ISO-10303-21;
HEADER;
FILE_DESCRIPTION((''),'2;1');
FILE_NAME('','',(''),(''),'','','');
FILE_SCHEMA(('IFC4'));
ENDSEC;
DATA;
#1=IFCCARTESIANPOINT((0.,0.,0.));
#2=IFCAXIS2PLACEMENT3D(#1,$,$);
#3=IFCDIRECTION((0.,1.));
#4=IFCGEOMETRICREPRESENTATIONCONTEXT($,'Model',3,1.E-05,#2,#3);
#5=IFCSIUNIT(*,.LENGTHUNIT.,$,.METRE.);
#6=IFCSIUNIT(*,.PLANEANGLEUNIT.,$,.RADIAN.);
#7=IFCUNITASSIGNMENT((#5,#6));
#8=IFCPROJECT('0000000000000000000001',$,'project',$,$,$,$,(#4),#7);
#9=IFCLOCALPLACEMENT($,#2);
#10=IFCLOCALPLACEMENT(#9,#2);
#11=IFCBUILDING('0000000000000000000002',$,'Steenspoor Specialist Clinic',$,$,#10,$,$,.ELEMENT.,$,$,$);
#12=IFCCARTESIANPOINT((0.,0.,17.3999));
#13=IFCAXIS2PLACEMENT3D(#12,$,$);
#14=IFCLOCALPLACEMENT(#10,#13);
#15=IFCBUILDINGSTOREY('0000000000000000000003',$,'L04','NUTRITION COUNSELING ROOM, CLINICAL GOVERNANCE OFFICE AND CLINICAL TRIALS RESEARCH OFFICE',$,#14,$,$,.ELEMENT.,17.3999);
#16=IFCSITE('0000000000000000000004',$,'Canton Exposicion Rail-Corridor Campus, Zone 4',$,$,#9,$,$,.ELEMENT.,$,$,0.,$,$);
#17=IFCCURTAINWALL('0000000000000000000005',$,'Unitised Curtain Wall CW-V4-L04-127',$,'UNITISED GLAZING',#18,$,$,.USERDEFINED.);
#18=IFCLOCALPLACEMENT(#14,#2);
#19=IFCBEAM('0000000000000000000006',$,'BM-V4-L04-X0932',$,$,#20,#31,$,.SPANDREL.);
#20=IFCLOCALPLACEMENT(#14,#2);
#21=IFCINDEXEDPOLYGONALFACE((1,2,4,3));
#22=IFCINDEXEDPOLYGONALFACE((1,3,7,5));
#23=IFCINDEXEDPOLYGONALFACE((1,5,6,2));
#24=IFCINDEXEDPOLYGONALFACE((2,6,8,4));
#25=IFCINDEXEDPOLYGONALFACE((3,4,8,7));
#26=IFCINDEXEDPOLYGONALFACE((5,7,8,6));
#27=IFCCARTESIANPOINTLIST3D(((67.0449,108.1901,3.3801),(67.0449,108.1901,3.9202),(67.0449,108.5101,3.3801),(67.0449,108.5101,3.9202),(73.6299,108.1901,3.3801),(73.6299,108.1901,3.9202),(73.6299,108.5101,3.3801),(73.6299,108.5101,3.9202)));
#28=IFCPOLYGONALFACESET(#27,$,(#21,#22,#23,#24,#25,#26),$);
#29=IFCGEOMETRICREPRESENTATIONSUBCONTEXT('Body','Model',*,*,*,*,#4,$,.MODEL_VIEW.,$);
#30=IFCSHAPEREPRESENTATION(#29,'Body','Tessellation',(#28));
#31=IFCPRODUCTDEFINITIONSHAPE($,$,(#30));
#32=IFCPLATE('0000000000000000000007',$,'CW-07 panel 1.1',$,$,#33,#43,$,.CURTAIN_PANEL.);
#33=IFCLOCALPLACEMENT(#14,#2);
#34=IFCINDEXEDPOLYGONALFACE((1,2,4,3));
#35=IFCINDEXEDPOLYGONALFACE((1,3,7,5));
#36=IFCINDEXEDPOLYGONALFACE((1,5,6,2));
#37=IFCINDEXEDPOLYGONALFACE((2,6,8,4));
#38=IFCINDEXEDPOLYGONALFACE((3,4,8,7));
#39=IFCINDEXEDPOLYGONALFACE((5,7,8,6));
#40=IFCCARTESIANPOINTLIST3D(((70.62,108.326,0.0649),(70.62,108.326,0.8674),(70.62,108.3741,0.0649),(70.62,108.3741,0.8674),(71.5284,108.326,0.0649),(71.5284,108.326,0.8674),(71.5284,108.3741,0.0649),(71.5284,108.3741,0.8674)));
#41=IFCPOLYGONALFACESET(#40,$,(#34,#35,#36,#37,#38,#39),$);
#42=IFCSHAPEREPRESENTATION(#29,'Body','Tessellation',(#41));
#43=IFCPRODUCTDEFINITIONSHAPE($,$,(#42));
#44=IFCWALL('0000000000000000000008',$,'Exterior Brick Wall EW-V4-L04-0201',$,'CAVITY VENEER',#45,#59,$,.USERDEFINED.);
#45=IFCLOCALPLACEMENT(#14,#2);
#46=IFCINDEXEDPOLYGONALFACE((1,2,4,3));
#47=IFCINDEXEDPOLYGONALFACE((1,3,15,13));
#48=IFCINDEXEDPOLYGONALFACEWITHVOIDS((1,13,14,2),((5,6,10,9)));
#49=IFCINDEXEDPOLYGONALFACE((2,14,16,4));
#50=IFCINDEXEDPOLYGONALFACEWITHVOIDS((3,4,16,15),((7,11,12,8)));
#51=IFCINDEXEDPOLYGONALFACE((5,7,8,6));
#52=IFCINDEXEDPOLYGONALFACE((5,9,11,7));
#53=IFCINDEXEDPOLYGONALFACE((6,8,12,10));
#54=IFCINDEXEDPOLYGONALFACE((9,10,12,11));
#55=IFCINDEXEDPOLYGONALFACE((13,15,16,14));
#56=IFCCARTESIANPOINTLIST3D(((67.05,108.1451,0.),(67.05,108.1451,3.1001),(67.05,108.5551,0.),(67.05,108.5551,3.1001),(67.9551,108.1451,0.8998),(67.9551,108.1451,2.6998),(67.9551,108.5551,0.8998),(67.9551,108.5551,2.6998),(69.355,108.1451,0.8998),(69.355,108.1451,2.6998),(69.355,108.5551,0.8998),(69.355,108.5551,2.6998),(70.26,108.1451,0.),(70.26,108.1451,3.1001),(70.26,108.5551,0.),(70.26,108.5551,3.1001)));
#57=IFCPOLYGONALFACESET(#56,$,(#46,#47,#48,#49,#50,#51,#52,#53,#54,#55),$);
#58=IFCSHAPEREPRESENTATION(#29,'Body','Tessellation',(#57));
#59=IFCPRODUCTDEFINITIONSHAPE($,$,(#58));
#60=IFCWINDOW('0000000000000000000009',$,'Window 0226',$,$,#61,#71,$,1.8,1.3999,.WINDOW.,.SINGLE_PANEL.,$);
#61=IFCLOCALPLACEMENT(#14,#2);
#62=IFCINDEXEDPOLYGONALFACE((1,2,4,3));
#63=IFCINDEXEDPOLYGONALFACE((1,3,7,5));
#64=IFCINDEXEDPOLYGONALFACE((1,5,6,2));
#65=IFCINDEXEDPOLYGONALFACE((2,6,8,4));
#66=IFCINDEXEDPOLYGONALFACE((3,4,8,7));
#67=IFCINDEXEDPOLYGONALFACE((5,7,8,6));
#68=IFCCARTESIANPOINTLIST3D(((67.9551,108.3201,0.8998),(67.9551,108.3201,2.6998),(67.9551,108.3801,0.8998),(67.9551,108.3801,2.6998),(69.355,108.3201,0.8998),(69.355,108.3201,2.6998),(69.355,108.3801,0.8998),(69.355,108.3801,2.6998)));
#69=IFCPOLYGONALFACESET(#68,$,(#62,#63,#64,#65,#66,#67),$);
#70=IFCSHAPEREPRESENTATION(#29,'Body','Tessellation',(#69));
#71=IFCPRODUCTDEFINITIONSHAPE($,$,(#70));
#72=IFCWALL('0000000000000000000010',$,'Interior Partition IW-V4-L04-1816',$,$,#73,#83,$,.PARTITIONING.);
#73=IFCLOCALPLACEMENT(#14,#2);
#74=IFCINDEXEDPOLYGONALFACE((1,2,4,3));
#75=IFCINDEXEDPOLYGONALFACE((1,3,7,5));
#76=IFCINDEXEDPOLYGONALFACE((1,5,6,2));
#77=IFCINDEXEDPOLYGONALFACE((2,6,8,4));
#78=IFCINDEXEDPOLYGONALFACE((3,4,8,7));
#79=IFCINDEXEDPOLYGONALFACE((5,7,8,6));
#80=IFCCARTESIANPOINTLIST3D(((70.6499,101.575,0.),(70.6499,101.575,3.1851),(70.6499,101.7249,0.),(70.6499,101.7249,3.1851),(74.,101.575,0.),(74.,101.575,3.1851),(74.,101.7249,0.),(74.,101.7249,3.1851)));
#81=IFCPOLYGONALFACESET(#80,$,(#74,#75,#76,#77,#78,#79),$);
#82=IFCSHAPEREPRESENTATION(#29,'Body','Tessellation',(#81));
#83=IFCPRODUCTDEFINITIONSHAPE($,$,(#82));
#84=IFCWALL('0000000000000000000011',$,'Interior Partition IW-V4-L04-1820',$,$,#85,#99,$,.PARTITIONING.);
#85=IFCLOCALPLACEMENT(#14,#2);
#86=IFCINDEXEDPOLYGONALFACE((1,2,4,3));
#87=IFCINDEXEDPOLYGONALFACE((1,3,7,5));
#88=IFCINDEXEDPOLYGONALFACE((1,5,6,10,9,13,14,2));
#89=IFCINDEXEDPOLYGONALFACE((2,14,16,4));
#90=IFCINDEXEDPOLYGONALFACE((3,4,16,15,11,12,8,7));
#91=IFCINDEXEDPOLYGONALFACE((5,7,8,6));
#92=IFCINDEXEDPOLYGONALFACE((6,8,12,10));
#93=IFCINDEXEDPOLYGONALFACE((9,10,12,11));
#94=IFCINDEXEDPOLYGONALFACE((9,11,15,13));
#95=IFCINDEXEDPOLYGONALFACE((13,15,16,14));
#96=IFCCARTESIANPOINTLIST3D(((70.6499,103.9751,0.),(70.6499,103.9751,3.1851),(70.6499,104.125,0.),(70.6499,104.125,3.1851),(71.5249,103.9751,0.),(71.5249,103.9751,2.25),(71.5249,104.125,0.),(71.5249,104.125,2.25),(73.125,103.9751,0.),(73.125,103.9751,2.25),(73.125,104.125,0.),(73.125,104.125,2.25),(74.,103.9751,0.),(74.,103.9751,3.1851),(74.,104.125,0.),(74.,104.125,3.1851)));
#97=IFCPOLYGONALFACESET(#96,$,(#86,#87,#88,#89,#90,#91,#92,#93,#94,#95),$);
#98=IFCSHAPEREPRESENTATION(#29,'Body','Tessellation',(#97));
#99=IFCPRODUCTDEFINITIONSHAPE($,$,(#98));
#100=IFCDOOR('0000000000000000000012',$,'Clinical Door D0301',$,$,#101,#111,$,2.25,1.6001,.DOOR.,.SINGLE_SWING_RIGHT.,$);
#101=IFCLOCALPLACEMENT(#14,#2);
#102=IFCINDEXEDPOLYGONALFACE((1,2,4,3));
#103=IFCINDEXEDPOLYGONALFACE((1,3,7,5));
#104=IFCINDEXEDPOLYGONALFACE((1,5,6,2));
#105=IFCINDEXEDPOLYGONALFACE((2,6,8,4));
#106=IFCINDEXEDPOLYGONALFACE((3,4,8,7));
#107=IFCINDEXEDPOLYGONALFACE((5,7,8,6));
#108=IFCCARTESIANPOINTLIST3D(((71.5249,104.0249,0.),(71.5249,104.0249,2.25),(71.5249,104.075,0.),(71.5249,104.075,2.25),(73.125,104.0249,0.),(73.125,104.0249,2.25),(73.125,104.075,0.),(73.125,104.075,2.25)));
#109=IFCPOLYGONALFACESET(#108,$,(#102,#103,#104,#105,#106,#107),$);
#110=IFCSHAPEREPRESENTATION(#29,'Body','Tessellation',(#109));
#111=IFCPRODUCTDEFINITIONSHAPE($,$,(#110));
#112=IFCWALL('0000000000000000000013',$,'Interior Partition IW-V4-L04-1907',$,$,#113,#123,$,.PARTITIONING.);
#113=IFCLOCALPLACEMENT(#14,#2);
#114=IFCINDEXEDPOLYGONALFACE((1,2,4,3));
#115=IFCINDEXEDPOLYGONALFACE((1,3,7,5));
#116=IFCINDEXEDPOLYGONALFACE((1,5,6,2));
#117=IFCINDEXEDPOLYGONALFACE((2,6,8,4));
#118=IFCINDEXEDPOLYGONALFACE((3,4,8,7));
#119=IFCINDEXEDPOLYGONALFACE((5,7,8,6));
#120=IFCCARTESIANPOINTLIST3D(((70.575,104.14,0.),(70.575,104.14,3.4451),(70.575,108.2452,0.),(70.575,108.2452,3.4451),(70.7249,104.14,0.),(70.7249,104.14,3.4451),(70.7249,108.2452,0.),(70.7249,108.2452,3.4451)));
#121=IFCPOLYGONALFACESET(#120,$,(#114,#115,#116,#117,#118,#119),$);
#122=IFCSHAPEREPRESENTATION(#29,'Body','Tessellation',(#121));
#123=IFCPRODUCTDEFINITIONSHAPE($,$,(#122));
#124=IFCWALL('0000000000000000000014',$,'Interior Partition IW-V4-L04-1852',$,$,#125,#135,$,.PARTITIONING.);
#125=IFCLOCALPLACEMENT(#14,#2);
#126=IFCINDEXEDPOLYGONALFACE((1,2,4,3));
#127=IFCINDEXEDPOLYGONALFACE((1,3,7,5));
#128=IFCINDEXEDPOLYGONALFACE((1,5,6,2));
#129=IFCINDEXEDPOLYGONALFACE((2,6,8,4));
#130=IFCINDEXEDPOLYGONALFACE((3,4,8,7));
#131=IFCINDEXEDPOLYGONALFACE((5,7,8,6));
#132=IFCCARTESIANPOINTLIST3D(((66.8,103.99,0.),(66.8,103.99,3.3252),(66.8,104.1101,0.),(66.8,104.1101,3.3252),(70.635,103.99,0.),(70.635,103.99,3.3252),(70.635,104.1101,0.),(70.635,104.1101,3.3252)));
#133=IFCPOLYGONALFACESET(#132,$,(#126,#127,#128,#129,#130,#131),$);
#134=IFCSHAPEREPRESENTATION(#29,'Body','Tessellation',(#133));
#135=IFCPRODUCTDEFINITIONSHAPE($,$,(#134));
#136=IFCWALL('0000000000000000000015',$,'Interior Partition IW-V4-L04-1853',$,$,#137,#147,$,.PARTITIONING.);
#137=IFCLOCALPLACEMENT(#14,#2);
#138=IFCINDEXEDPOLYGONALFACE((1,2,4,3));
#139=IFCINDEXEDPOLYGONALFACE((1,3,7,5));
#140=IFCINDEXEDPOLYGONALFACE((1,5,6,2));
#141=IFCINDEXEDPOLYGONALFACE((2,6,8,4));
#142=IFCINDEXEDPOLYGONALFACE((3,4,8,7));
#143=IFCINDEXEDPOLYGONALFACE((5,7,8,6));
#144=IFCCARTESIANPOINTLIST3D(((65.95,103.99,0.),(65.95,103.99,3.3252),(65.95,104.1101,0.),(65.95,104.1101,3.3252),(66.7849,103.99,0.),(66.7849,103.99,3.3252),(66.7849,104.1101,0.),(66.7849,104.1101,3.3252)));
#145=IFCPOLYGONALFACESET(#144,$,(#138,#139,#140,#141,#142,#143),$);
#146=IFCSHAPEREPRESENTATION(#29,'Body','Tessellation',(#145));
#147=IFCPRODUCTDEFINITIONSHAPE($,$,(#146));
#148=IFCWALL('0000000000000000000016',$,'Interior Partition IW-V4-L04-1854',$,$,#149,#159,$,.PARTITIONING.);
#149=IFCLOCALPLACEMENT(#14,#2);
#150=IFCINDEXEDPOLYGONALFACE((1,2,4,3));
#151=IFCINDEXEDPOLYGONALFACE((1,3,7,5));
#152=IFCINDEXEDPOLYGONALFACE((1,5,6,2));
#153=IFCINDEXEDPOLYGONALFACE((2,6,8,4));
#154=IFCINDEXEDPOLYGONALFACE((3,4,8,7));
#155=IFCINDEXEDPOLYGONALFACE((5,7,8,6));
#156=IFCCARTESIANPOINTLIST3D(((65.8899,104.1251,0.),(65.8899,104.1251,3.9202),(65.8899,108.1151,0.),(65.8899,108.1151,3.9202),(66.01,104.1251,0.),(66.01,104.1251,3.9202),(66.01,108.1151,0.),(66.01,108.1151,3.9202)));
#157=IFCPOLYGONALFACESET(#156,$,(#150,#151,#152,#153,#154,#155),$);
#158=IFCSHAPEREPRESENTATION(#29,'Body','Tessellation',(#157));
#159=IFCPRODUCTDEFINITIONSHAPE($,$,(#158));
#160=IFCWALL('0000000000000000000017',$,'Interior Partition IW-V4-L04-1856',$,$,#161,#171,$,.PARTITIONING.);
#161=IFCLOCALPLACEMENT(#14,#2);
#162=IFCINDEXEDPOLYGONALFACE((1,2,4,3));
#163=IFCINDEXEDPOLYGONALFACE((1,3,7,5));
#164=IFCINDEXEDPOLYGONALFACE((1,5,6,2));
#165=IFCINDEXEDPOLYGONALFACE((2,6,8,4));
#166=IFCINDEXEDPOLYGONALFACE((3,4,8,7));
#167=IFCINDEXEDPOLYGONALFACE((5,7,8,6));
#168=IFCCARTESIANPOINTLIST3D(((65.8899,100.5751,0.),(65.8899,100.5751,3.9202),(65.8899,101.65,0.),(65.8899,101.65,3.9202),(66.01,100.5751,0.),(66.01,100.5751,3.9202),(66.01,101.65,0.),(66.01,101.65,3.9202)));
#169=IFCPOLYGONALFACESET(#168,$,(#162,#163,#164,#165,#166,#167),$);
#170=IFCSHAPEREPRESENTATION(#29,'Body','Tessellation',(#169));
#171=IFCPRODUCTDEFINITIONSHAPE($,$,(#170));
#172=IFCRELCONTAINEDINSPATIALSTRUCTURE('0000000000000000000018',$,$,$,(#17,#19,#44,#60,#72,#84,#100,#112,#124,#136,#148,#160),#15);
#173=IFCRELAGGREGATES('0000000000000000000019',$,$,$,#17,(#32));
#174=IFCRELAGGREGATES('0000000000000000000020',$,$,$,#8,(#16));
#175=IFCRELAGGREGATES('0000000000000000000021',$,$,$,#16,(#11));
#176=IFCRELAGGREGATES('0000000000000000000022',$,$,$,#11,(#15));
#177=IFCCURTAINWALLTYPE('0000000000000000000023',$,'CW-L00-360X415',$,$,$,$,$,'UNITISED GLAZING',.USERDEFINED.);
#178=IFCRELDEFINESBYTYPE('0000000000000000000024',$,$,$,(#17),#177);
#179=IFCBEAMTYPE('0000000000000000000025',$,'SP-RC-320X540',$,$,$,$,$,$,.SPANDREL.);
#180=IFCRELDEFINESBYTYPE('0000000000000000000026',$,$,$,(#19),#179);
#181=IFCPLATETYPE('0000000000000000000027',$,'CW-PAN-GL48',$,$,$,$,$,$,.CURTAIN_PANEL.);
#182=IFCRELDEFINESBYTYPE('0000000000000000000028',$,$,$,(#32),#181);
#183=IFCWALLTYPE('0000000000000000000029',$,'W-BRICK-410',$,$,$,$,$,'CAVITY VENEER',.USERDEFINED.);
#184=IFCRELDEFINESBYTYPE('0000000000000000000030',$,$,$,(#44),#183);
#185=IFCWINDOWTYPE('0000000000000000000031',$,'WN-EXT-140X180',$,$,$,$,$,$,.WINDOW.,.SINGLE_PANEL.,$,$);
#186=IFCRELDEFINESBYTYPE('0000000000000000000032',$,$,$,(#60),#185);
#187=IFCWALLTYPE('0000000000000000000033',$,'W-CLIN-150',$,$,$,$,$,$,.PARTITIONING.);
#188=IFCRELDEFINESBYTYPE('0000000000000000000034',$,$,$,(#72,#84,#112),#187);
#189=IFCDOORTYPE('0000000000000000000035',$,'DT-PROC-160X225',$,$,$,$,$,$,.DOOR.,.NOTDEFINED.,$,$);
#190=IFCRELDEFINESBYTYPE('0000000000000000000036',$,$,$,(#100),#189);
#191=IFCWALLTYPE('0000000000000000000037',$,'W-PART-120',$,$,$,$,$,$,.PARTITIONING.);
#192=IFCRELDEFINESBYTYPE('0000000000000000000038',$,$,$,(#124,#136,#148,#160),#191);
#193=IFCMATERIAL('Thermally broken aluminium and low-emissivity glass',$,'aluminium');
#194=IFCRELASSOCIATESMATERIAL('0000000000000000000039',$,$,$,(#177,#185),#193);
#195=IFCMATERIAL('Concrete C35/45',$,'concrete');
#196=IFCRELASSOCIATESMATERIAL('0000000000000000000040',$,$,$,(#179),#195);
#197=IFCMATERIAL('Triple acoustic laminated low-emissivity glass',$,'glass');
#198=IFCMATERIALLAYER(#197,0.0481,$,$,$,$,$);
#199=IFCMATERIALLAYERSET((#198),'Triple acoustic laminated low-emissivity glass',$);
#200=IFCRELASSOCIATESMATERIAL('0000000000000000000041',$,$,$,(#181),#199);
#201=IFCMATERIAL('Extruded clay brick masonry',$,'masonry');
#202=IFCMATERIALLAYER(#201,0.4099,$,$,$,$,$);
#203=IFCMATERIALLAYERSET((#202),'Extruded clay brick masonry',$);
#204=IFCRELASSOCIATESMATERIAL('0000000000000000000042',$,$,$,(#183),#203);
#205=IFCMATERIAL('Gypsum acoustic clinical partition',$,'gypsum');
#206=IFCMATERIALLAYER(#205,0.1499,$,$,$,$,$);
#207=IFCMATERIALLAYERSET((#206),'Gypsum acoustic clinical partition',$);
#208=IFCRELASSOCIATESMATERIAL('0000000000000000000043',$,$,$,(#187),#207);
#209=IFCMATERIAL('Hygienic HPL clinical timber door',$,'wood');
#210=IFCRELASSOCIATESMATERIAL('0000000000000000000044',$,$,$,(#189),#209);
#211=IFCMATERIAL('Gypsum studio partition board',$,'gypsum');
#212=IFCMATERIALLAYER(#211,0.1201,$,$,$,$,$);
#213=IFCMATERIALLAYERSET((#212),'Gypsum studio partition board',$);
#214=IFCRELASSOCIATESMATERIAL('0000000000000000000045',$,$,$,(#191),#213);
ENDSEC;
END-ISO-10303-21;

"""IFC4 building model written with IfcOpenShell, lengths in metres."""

from ifc_helpers import new_model, si_unit, direction, frame, frame_2d, origin, origin_2d, place, context, subcontext, project, spatial, rectangle, extrude, material, layer, layer_set, material_profile, profile_set, type_object, element, fill, aggregate, save


model = new_model("IFC4")

# Units and contexts
model_context = context("Model", 3, precision=1e-05, world=origin(), true_north=direction((0.0, 1.0)))
body_context = subcontext(model_context, "Body", "Model", "MODEL_VIEW")
ifc_project = project(units=[si_unit("LENGTHUNIT", "METRE"), si_unit("PLANEANGLEUNIT", "RADIAN")], contexts=[model_context])

# Site, building, storey
site_placement = place(None, origin())
site = spatial("IfcSite", under=ifc_project, at=site_placement, Name="Canton Exposicion Rail-Corridor Campus, Zone 4", CompositionType="ELEMENT", RefElevation=0.0)
building_placement = place(site_placement, origin())
building = spatial("IfcBuilding", under=site, at=building_placement, Name="Steenspoor Specialist Clinic", CompositionType="ELEMENT")
storey_placement = place(building_placement, frame((0.0, 0.0, 17.3999)))
storey = spatial("IfcBuildingStorey", under=building, at=storey_placement, Name="L04", Description="NUTRITION COUNSELING ROOM, CLINICAL GOVERNANCE OFFICE AND CLINICAL TRIALS RESEARCH OFFICE", CompositionType="ELEMENT", Elevation=17.3999)

# Shared definitions
ifc_material_1 = material(Name="Concrete C35/45", Category="concrete")

# Curtain wall
ifc_material_2 = material(Name="Thermally broken aluminium and low-emissivity glass", Category="aluminium")
curtain_wall_type = type_object("IfcCurtainWallType", Name="CW-L00-360X415", ElementType="UNITISED GLAZING", PredefinedType="USERDEFINED", material=ifc_material_2)
curtain_wall_placement = place(storey_placement, origin())
curtain_wall = element("IfcCurtainWall", 1, at=curtain_wall_placement, inside=storey, type_object=curtain_wall_type, Name="Unitised Curtain Wall CW-V4-L04-127", ObjectType="UNITISED GLAZING", PredefinedType="USERDEFINED")

# Beam
ifc_material_profile_1 = material_profile(ifc_material_1, rectangle(XDim=0.3201, YDim=0.54, at=origin_2d()), Name="RC-SP-320X540")
ifc_profile_set_1 = profile_set([ifc_material_profile_1], Name="Concrete C35/45")
beam_type_1 = type_object("IfcBeamType", Name="SP-RC-320X540", PredefinedType="SPANDREL", material=ifc_profile_set_1)
beam_1_placement = place(storey_placement, frame((67.0449, 108.3501, 3.6501), z_axis=(1.0, 0.0, 0.0), x_axis=(0.0, 1.0, 0.0)))
element("IfcBeam", 2, at=beam_1_placement, inside=storey, type_object=beam_type_1, Name="BM-V4-L04-X0932", PredefinedType="SPANDREL", context=body_context, shape_type="SweptSolid", body=[
    extrude(rectangle(XDim=0.3201, YDim=0.54, at=origin_2d()), origin(), (0.0, 0.0, 1.0), 6.585),
])

# Plate
ifc_material_3 = material(Name="Triple acoustic laminated low-emissivity glass", Category="glass")
ifc_layer_1 = layer(ifc_material_3, 0.0481)
ifc_layer_set_1 = layer_set([ifc_layer_1], Name="Triple acoustic laminated low-emissivity glass")
plate_type = type_object("IfcPlateType", Name="CW-PAN-GL48", PredefinedType="CURTAIN_PANEL", material=ifc_layer_set_1)
plate_placement = place(storey_placement, frame((71.0742, 108.3501, 0.0649), z_axis=(0.0, 0.0, 1.0), x_axis=(1.0, 0.0, 0.0)))
plate = element("IfcPlate", 3, at=plate_placement, type_object=plate_type, Name="CW-07 panel 1.1", PredefinedType="CURTAIN_PANEL", context=body_context, shape_type="SweptSolid", body=[
    extrude(rectangle(XDim=0.9084, YDim=0.0481, at=origin_2d()), origin(), (0.0, 0.0, 1.0), 0.8025),
])
aggregate(curtain_wall, [plate])

# Wall, opening, window
ifc_material_4 = material(Name="Extruded clay brick masonry", Category="masonry")
ifc_layer_2 = layer(ifc_material_4, 0.4099)
ifc_layer_set_2 = layer_set([ifc_layer_2], Name="Extruded clay brick masonry")
wall_type_1 = type_object("IfcWallType", Name="W-BRICK-410", ElementType="CAVITY VENEER", PredefinedType="USERDEFINED", material=ifc_layer_set_2)
wall_1_placement = place(storey_placement, frame((67.05, 108.3501, 0.0), z_axis=(0.0, 0.0, 1.0), x_axis=(1.0, 0.0, 0.0)))
wall_1 = element("IfcWall", 4, at=wall_1_placement, inside=storey, type_object=wall_type_1, Name="Exterior Brick Wall EW-V4-L04-0201", ObjectType="CAVITY VENEER", PredefinedType="USERDEFINED", context=body_context, shape_type="SweptSolid", body=[
    extrude(rectangle(XDim=3.21, YDim=0.4099, at=frame_2d((1.605, 0.0))), origin(), (0.0, 0.0, 1.0), 3.1001),
])
opening_1_placement = place(wall_1_placement, frame((0.905, 0.0, 0.8999)))
opening_1 = element("IfcOpeningElement", 5, at=opening_1_placement, cuts=wall_1, PredefinedType="OPENING", context=body_context, shape_type="SweptSolid", body=[
    extrude(rectangle(XDim=1.3999, YDim=1.8, at=frame_2d((0.7, 0.8999))), frame((0.0, 0.2148, 0.0), z_axis=(0.0, -1.0, 0.0), x_axis=(1.0, 0.0, 0.0)), (0.0, 0.0, 1.0), 0.4299),
])
window_type = type_object("IfcWindowType", Name="WN-EXT-140X180", PartitioningType="SINGLE_PANEL", PredefinedType="WINDOW", material=ifc_material_2)
window_placement = place(opening_1_placement, origin())
window = element("IfcWindow", 6, at=window_placement, inside=storey, type_object=window_type, Name="Window 0226", OverallHeight=1.8, OverallWidth=1.3999, PartitioningType="SINGLE_PANEL", PredefinedType="WINDOW", context=body_context, shape_type="SweptSolid", body=[
    extrude(rectangle(XDim=1.3999, YDim=1.8, at=frame_2d((0.7, 0.8999))), frame((0.0, 0.03, 0.0), z_axis=(0.0, -1.0, 0.0), x_axis=(1.0, 0.0, 0.0)), (0.0, 0.0, 1.0), 0.0601),
])
fill(opening_1, window)

# Wall
ifc_material_5 = material(Name="Gypsum acoustic clinical partition", Category="gypsum")
ifc_layer_3 = layer(ifc_material_5, 0.1499)
ifc_layer_set_3 = layer_set([ifc_layer_3], Name="Gypsum acoustic clinical partition")
wall_type_2 = type_object("IfcWallType", Name="W-CLIN-150", PredefinedType="PARTITIONING", material=ifc_layer_set_3)
wall_2_placement = place(storey_placement, frame((70.6499, 101.6499, 0.0), z_axis=(0.0, 0.0, 1.0), x_axis=(1.0, 0.0, 0.0)))
element("IfcWall", 7, at=wall_2_placement, inside=storey, type_object=wall_type_2, Name="Interior Partition IW-V4-L04-1816", PredefinedType="PARTITIONING", context=body_context, shape_type="SweptSolid", body=[
    extrude(rectangle(XDim=3.3501, YDim=0.1499, at=frame_2d((1.675, 0.0))), origin(), (0.0, 0.0, 1.0), 3.1851),
])

# Wall, opening, door
wall_3_placement = place(storey_placement, frame((70.6499, 104.05, 0.0), z_axis=(0.0, 0.0, 1.0), x_axis=(1.0, 0.0, 0.0)))
wall_3 = element("IfcWall", 8, at=wall_3_placement, inside=storey, type_object=wall_type_2, Name="Interior Partition IW-V4-L04-1820", PredefinedType="PARTITIONING", context=body_context, shape_type="SweptSolid", body=[
    extrude(rectangle(XDim=3.3501, YDim=0.1499, at=frame_2d((1.675, 0.0))), origin(), (0.0, 0.0, 1.0), 3.1851),
])
opening_2_placement = place(wall_3_placement, frame((0.875, 0.0, 0.0)))
opening_2 = element("IfcOpeningElement", 9, at=opening_2_placement, cuts=wall_3, PredefinedType="OPENING", context=body_context, shape_type="SweptSolid", body=[
    extrude(rectangle(XDim=1.6001, YDim=2.25, at=frame_2d((0.8, 1.125))), frame((0.0, 0.085, 0.0), z_axis=(0.0, -1.0, 0.0), x_axis=(1.0, 0.0, 0.0)), (0.0, 0.0, 1.0), 0.1699),
])
ifc_material_6 = material(Name="Hygienic HPL clinical timber door", Category="wood")
door_type = type_object("IfcDoorType", Name="DT-PROC-160X225", OperationType="NOTDEFINED", PredefinedType="DOOR", material=ifc_material_6)
door_placement = place(opening_2_placement, origin())
door = element("IfcDoor", 10, at=door_placement, inside=storey, type_object=door_type, Name="Clinical Door D0301", OperationType="SINGLE_SWING_RIGHT", OverallHeight=2.25, OverallWidth=1.6001, PredefinedType="DOOR", context=body_context, shape_type="SweptSolid", body=[
    extrude(rectangle(XDim=1.6001, YDim=2.25, at=frame_2d((0.8, 1.125))), frame((0.0, 0.0249, 0.0), z_axis=(0.0, -1.0, 0.0), x_axis=(1.0, 0.0, 0.0)), (0.0, 0.0, 1.0), 0.05),
])
fill(opening_2, door)

# Walls
wall_4_placement = place(storey_placement, frame((70.6499, 104.1399, 0.0), z_axis=(0.0, 0.0, 1.0), x_axis=(0.0, 1.0, 0.0)))
element("IfcWall", 11, at=wall_4_placement, inside=storey, type_object=wall_type_2, Name="Interior Partition IW-V4-L04-1907", PredefinedType="PARTITIONING", context=body_context, shape_type="SweptSolid", body=[
    extrude(rectangle(XDim=4.1052, YDim=0.1499, at=frame_2d((2.0527, 0.0))), origin(), (0.0, 0.0, 1.0), 3.4451),
])
ifc_material_7 = material(Name="Gypsum studio partition board", Category="gypsum")
ifc_layer_4 = layer(ifc_material_7, 0.1201)
ifc_layer_set_4 = layer_set([ifc_layer_4], Name="Gypsum studio partition board")
wall_type_3 = type_object("IfcWallType", Name="W-PART-120", PredefinedType="PARTITIONING", material=ifc_layer_set_4)
wall_5_placement = place(storey_placement, frame((66.8, 104.05, 0.0), z_axis=(0.0, 0.0, 1.0), x_axis=(1.0, 0.0, 0.0)))
element("IfcWall", 12, at=wall_5_placement, inside=storey, type_object=wall_type_3, Name="Interior Partition IW-V4-L04-1852", PredefinedType="PARTITIONING", context=body_context, shape_type="SweptSolid", body=[
    extrude(rectangle(XDim=3.835, YDim=0.1201, at=frame_2d((1.9175, 0.0))), origin(), (0.0, 0.0, 1.0), 3.3252),
])
wall_6_placement = place(storey_placement, frame((65.95, 104.05, 0.0), z_axis=(0.0, 0.0, 1.0), x_axis=(1.0, 0.0, 0.0)))
element("IfcWall", 13, at=wall_6_placement, inside=storey, type_object=wall_type_3, Name="Interior Partition IW-V4-L04-1853", PredefinedType="PARTITIONING", context=body_context, shape_type="SweptSolid", body=[
    extrude(rectangle(XDim=0.835, YDim=0.1201, at=frame_2d((0.4175, 0.0))), origin(), (0.0, 0.0, 1.0), 3.3252),
])
wall_7_placement = place(storey_placement, frame((65.95, 104.125, 0.0), z_axis=(0.0, 0.0, 1.0), x_axis=(0.0, 1.0, 0.0)))
element("IfcWall", 14, at=wall_7_placement, inside=storey, type_object=wall_type_3, Name="Interior Partition IW-V4-L04-1854", PredefinedType="PARTITIONING", context=body_context, shape_type="SweptSolid", body=[
    extrude(rectangle(XDim=3.99, YDim=0.1201, at=frame_2d((1.9951, 0.0))), origin(), (0.0, 0.0, 1.0), 3.9202),
])
wall_8_placement = place(storey_placement, frame((65.95, 100.575, 0.0), z_axis=(0.0, 0.0, 1.0), x_axis=(0.0, 1.0, 0.0)))
element("IfcWall", 15, at=wall_8_placement, inside=storey, type_object=wall_type_3, Name="Interior Partition IW-V4-L04-1856", PredefinedType="PARTITIONING", context=body_context, shape_type="SweptSolid", body=[
    extrude(rectangle(XDim=1.075, YDim=0.1201, at=frame_2d((0.5376, 0.0))), origin(), (0.0, 0.0, 1.0), 3.9202),
])

save(model, "model.ifc")
